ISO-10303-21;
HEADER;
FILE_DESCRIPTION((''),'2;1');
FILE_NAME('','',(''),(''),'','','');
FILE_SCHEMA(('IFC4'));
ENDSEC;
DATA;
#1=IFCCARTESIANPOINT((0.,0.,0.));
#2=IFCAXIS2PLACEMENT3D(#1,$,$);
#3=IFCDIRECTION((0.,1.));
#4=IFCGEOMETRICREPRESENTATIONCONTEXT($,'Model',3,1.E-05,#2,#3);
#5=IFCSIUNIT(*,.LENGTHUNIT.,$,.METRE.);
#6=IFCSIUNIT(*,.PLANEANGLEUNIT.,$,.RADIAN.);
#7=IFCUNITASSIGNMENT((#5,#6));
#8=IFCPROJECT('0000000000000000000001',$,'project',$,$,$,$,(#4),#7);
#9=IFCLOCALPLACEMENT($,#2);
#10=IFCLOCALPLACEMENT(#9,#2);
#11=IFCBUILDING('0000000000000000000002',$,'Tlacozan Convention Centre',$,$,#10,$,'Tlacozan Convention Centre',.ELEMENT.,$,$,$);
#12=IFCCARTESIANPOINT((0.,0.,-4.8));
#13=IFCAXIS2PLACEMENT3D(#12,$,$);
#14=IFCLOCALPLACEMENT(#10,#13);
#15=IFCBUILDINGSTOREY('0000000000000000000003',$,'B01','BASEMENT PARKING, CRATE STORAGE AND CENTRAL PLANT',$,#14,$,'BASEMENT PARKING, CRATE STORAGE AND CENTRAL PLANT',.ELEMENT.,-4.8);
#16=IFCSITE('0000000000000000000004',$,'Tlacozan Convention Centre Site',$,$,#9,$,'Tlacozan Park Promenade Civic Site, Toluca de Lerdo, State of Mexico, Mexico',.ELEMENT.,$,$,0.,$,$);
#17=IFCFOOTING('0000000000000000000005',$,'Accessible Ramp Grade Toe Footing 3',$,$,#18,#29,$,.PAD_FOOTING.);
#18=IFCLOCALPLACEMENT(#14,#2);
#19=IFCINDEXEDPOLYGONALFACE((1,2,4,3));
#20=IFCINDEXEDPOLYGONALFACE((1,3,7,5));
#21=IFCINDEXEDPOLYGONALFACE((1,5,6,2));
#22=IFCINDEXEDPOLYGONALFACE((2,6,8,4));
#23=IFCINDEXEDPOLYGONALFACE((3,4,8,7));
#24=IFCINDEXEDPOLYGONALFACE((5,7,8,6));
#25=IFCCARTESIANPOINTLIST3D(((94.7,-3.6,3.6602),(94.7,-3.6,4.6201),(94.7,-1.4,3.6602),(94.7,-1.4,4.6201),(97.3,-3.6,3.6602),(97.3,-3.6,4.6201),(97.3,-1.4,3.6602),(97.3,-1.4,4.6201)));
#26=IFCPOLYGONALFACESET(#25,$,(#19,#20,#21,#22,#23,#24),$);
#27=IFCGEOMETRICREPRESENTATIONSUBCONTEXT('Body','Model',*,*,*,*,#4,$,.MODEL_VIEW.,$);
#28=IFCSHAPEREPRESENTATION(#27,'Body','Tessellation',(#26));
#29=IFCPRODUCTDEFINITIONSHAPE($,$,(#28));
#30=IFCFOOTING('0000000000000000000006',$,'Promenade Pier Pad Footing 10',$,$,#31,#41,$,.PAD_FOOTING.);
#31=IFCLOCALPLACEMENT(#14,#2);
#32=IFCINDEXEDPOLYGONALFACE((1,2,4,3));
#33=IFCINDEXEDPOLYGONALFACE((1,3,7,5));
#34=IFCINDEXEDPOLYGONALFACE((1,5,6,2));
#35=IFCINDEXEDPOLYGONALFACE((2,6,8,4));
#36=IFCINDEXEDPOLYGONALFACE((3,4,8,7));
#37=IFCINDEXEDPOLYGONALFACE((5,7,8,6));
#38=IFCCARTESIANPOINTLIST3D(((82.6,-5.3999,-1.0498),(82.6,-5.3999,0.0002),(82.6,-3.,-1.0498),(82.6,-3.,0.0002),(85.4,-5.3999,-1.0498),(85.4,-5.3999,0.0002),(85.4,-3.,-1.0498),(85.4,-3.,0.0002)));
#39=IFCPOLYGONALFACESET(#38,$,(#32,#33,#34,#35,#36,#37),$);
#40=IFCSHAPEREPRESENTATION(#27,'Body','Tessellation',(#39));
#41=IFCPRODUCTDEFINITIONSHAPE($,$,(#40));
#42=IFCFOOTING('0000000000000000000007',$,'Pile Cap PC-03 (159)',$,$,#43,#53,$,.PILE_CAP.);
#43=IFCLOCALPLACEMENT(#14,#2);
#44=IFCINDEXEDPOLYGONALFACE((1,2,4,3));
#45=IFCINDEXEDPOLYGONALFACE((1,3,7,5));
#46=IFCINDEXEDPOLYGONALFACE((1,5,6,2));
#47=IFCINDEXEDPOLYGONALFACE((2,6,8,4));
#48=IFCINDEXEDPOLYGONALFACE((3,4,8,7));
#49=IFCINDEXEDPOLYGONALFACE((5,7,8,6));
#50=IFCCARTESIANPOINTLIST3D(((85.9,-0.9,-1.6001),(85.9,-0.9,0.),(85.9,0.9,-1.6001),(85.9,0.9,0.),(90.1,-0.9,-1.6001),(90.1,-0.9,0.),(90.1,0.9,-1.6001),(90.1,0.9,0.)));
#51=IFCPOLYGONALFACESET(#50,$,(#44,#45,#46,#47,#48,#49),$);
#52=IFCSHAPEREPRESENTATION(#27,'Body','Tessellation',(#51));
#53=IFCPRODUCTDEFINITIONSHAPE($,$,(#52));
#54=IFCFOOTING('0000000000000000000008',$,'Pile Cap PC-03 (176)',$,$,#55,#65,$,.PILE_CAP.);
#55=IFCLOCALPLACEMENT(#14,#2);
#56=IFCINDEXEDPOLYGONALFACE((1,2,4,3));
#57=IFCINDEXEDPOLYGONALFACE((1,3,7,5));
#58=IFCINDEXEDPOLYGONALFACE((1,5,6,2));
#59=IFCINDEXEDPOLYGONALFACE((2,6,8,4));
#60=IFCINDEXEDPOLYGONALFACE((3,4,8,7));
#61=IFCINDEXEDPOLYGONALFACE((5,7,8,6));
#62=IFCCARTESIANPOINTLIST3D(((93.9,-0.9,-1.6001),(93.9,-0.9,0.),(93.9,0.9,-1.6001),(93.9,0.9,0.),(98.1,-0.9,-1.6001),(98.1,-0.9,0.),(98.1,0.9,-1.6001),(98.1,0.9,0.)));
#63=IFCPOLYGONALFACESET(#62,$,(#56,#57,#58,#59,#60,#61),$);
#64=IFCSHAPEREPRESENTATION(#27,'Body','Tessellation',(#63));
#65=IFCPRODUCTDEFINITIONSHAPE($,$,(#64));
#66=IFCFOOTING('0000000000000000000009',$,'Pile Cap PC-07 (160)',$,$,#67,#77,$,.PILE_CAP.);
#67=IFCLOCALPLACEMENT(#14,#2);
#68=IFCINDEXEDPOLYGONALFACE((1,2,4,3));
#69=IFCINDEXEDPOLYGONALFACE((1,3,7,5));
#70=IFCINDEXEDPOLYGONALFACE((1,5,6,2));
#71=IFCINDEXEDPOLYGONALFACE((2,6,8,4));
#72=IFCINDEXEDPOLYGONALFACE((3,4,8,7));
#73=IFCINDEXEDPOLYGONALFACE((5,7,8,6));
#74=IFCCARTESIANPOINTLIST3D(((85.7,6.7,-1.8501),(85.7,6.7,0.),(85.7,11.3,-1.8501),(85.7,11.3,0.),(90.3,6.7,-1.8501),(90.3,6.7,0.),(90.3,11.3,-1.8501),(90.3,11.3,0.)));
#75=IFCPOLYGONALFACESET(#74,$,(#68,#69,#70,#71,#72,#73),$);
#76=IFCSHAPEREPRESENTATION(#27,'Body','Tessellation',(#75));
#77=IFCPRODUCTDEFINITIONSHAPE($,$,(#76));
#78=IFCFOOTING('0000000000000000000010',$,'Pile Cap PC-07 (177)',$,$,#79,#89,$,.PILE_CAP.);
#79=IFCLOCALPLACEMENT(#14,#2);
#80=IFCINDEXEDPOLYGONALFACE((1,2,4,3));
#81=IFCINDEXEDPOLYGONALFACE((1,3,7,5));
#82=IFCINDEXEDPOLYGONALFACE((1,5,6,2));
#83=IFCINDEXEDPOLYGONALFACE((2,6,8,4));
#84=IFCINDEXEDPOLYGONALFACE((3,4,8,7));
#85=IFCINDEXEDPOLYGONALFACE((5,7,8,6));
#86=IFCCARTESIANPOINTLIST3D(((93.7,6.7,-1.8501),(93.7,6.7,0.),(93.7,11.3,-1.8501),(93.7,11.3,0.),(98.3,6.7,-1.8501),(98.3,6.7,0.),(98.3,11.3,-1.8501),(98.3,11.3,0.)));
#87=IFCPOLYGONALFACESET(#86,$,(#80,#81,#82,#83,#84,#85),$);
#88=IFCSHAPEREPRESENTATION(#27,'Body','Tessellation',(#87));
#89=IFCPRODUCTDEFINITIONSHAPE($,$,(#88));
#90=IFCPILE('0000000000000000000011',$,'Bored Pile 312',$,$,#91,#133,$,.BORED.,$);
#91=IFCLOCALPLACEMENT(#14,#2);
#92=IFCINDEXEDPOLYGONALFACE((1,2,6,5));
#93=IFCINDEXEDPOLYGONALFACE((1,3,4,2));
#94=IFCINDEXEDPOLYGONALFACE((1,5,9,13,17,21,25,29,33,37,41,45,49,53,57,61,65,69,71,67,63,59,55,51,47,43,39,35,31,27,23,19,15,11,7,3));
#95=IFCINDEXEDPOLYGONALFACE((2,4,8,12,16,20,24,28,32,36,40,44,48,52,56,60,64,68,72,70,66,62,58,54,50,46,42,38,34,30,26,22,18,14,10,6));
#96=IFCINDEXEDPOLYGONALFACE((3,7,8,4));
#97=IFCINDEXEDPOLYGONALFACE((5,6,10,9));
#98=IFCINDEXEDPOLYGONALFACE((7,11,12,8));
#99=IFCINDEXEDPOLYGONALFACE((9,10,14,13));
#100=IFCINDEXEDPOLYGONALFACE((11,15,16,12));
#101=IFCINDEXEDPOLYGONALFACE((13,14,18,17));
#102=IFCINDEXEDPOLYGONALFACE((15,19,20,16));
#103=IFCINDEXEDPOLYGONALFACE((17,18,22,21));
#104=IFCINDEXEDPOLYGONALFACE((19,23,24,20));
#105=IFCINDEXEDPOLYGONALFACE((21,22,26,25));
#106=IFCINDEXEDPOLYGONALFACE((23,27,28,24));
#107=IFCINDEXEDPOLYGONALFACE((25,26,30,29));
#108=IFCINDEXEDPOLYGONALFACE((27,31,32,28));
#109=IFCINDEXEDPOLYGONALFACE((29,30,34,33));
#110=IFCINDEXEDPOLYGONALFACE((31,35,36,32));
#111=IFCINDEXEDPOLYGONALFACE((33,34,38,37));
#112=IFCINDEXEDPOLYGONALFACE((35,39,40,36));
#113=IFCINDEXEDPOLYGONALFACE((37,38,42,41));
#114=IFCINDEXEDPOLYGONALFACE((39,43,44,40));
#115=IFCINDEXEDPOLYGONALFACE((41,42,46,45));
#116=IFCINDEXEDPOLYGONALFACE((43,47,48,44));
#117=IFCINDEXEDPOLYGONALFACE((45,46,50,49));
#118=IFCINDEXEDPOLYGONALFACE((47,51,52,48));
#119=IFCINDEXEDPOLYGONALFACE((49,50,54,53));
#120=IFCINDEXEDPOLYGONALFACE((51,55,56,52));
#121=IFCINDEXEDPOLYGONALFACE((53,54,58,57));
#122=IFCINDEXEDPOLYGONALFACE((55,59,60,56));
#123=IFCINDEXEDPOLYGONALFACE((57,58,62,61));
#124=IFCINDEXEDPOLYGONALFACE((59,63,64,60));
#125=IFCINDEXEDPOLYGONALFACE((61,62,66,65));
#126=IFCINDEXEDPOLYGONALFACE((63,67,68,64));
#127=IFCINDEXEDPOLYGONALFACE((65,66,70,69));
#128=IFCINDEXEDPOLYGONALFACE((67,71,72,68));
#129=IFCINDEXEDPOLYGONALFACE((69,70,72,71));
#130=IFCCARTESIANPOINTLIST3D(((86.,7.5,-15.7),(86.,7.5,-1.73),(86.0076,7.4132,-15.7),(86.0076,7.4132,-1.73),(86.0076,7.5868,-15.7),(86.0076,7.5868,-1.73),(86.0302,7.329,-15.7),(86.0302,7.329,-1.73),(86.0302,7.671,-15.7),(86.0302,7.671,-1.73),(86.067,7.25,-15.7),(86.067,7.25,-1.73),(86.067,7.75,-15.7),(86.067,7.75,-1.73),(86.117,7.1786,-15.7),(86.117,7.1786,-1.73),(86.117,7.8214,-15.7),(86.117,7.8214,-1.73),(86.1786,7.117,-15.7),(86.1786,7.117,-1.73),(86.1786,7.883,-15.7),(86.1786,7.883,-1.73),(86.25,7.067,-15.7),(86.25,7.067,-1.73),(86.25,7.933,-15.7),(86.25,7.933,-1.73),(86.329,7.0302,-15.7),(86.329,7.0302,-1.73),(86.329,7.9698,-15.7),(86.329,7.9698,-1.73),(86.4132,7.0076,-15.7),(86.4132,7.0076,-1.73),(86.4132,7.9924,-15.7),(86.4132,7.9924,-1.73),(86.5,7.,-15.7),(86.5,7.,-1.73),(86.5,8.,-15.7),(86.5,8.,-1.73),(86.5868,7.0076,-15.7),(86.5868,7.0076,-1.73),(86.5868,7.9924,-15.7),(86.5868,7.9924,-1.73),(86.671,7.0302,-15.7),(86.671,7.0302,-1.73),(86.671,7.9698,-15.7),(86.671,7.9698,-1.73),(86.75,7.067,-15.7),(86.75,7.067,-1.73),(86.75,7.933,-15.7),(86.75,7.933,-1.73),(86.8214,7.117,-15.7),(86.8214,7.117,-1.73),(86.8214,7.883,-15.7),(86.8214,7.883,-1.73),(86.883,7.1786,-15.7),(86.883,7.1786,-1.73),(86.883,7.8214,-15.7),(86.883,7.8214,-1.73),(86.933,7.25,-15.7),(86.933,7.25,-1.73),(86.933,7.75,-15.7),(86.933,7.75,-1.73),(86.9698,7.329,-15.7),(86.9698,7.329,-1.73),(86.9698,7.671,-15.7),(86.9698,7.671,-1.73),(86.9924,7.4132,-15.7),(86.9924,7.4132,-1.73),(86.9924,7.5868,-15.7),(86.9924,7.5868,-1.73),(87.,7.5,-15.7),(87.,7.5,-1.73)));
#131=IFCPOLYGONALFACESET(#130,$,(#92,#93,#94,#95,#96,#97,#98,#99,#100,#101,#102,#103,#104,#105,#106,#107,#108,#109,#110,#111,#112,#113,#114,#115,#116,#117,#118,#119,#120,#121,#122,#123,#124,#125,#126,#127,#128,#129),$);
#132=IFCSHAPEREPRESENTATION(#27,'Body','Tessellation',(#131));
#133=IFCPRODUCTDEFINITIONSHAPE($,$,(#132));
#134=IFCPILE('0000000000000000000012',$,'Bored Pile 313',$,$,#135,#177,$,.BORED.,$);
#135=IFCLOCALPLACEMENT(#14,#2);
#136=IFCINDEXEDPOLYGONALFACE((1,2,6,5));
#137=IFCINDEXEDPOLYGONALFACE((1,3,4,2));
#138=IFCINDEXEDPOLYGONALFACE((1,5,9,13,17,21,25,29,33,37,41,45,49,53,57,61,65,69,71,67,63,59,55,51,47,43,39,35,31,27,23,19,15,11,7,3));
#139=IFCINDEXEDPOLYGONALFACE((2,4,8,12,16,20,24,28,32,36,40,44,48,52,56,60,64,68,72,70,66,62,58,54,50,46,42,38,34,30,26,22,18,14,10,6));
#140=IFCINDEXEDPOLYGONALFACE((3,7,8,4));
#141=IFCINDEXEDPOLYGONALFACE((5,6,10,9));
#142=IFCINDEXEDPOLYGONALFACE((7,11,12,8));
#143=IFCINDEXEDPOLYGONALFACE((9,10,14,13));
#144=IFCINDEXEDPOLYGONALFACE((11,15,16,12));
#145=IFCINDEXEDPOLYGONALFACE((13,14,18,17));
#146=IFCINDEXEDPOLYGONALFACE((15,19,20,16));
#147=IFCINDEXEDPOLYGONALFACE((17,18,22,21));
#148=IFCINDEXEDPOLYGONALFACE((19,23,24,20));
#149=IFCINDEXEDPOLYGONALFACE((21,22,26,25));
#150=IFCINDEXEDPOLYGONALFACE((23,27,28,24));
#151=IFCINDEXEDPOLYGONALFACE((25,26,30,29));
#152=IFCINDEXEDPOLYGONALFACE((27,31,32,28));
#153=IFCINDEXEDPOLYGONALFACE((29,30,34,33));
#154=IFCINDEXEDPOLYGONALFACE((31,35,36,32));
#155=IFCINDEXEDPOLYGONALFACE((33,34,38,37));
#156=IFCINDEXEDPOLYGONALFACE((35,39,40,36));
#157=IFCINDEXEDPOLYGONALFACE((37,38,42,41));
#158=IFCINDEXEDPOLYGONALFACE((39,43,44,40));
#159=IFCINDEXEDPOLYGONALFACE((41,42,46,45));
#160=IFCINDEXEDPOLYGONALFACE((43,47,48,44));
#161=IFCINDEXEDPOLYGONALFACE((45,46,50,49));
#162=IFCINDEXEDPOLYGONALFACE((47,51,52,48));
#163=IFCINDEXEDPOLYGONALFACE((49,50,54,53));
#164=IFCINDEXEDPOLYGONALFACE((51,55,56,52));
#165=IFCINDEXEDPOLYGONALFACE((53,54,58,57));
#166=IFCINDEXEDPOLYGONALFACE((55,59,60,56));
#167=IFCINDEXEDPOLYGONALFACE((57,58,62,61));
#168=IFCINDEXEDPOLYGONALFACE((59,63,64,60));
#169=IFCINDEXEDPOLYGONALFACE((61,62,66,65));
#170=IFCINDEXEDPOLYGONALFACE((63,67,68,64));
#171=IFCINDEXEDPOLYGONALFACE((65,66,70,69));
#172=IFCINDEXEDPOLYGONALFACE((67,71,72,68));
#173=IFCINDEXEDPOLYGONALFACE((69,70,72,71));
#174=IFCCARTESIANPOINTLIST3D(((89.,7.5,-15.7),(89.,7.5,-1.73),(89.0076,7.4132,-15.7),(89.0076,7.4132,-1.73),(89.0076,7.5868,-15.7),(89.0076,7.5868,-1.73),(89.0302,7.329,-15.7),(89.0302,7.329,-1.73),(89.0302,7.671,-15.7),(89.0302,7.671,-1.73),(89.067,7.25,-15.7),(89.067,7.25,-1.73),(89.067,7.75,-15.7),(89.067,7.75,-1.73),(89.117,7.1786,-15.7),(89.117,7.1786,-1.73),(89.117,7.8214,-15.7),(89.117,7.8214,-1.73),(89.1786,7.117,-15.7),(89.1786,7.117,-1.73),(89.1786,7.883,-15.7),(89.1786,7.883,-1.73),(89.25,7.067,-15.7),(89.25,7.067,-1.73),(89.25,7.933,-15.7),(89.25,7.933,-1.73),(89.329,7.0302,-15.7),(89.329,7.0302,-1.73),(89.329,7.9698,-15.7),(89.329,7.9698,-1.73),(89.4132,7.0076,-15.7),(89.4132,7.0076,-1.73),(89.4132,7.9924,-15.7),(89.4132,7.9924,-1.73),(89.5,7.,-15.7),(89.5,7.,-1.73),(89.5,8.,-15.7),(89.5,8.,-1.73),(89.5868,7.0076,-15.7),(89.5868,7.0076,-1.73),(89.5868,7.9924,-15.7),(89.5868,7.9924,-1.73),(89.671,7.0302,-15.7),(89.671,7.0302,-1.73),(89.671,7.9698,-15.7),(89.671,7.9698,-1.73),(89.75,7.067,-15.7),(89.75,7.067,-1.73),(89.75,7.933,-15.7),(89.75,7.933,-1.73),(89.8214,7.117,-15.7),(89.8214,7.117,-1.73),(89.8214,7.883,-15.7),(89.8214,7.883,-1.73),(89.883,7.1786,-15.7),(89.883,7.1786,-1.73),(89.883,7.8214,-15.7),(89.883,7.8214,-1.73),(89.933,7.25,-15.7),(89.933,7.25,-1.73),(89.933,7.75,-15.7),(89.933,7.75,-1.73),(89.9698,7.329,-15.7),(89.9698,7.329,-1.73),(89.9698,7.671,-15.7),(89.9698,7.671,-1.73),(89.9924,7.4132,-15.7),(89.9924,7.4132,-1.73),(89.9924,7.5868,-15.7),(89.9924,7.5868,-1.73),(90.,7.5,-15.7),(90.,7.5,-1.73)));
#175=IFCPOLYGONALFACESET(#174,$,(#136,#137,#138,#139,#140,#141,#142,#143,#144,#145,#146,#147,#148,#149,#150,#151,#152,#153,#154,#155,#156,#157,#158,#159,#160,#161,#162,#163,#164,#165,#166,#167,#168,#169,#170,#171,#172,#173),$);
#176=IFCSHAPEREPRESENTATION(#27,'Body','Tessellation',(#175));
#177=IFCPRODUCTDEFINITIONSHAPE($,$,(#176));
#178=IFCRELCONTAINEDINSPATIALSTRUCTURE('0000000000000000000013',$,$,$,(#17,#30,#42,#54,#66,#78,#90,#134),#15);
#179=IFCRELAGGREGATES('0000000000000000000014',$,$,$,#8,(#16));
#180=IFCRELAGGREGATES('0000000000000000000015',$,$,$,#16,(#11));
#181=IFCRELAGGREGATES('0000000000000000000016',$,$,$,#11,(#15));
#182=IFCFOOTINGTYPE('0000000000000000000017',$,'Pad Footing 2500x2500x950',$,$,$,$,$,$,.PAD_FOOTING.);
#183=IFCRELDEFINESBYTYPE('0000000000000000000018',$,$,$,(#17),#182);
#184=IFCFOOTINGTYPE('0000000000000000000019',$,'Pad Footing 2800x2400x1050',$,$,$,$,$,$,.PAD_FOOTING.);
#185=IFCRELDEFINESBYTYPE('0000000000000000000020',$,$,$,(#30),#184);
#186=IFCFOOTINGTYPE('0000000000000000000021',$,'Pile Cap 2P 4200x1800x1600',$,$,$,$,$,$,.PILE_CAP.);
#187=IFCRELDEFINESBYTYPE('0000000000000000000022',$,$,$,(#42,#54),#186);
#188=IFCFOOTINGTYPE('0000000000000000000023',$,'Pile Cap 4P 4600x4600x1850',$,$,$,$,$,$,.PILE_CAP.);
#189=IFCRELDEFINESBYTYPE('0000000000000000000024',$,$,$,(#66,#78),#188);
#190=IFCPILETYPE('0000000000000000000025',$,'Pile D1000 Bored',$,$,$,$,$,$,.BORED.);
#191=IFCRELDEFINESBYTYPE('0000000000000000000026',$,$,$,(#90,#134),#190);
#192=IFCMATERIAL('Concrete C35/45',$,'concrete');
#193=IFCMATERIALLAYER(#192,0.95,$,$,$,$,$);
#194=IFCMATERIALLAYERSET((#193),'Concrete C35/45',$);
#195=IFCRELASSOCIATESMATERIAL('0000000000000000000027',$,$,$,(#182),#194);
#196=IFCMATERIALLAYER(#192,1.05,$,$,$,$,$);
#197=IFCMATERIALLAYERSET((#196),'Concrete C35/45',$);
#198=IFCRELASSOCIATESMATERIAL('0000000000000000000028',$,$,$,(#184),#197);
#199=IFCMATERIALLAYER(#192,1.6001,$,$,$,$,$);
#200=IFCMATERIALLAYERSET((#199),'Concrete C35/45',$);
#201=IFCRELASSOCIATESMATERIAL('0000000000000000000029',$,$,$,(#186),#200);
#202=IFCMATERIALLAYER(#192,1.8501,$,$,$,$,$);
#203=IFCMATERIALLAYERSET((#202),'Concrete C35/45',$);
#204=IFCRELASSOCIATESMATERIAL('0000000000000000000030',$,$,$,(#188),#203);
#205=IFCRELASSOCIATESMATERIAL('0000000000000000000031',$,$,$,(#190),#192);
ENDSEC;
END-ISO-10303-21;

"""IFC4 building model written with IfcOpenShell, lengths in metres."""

from ifc_helpers import new_model, si_unit, direction, frame, origin, origin_2d, place, context, subcontext, project, spatial, rectangle, circle, extrude, material, layer, layer_set, material_profile, profile_set, type_object, element, save


model = new_model("IFC4")

# Units and contexts
model_context = context("Model", 3, precision=1e-05, world=origin(), true_north=direction((0.0, 1.0)))
body_context = subcontext(model_context, "Body", "Model", "MODEL_VIEW")
ifc_project = project(units=[si_unit("LENGTHUNIT", "METRE"), si_unit("PLANEANGLEUNIT", "RADIAN")], contexts=[model_context])

# Site, building, storey
site_placement = place(None, origin())
site = spatial("IfcSite", under=ifc_project, at=site_placement, Name="Tlacozan Convention Centre Site", LongName="Tlacozan Park Promenade Civic Site, Toluca de Lerdo, State of Mexico, Mexico", CompositionType="ELEMENT", RefElevation=0.0)
building_placement = place(site_placement, origin())
building = spatial("IfcBuilding", under=site, at=building_placement, Name="Tlacozan Convention Centre", LongName="Tlacozan Convention Centre", CompositionType="ELEMENT")
storey_placement = place(building_placement, frame((0.0, 0.0, -4.8)))
storey = spatial("IfcBuildingStorey", under=building, at=storey_placement, Name="B01", Description="BASEMENT PARKING, CRATE STORAGE AND CENTRAL PLANT", LongName="BASEMENT PARKING, CRATE STORAGE AND CENTRAL PLANT", CompositionType="ELEMENT", Elevation=-4.8)

# Footings
ifc_material_1 = material(Name="Concrete C35/45", Category="concrete")
ifc_layer_1 = layer(ifc_material_1, 0.95)
ifc_layer_set_1 = layer_set([ifc_layer_1], Name="Concrete C35/45")
footing_type_1 = type_object("IfcFootingType", Name="Pad Footing 2500x2500x950", PredefinedType="PAD_FOOTING", material=ifc_layer_set_1)
footing_1_placement = place(storey_placement, frame((96.0, -2.5, 3.6602), z_axis=(0.0, 0.0, 1.0), x_axis=(1.0, 0.0, 0.0)))
element("IfcFooting", 1, at=footing_1_placement, inside=storey, type_object=footing_type_1, Name="Accessible Ramp Grade Toe Footing 3", PredefinedType="PAD_FOOTING", context=body_context, shape_type="SweptSolid", body=[
    extrude(rectangle(XDim=2.6001, YDim=2.2, at=origin_2d()), origin(), (0.0, 0.0, 1.0), 0.96),
])
ifc_layer_2 = layer(ifc_material_1, 1.05)
ifc_layer_set_2 = layer_set([ifc_layer_2], Name="Concrete C35/45")
footing_type_2 = type_object("IfcFootingType", Name="Pad Footing 2800x2400x1050", PredefinedType="PAD_FOOTING", material=ifc_layer_set_2)
footing_2_placement = place(storey_placement, frame((84.0, -4.2, -1.0498), z_axis=(0.0, 0.0, 1.0), x_axis=(1.0, 0.0, 0.0)))
element("IfcFooting", 2, at=footing_2_placement, inside=storey, type_object=footing_type_2, Name="Promenade Pier Pad Footing 10", PredefinedType="PAD_FOOTING", context=body_context, shape_type="SweptSolid", body=[
    extrude(rectangle(XDim=2.8, YDim=2.3999, at=origin_2d()), origin(), (0.0, 0.0, 1.0), 1.05),
])
ifc_layer_3 = layer(ifc_material_1, 1.6001)
ifc_layer_set_3 = layer_set([ifc_layer_3], Name="Concrete C35/45")
footing_type_3 = type_object("IfcFootingType", Name="Pile Cap 2P 4200x1800x1600", PredefinedType="PILE_CAP", material=ifc_layer_set_3)
for number, where, z_axis, x_axis, name in (
    (3, (88.0, 0.0, -1.6001), (0.0, 0.0, 1.0), (1.0, 0.0, 0.0), "Pile Cap PC-03 (159)"),
    (4, (96.0, 0.0, -1.6001), (0.0, 0.0, 1.0), (1.0, 0.0, 0.0), "Pile Cap PC-03 (176)"),
):
    element("IfcFooting", number, at=place(storey_placement, frame(where, z_axis=z_axis, x_axis=x_axis)), inside=storey, type_object=footing_type_3, Name=name, PredefinedType="PILE_CAP", context=body_context, shape_type="SweptSolid", body=[
        extrude(rectangle(XDim=4.2, YDim=1.8, at=origin_2d()), origin(), (0.0, 0.0, 1.0), 1.6001),
    ])
ifc_layer_4 = layer(ifc_material_1, 1.8501)
ifc_layer_set_4 = layer_set([ifc_layer_4], Name="Concrete C35/45")
footing_type_4 = type_object("IfcFootingType", Name="Pile Cap 4P 4600x4600x1850", PredefinedType="PILE_CAP", material=ifc_layer_set_4)
for number, where, z_axis, x_axis, name in (
    (5, (88.0, 9.0, -1.8501), (0.0, 0.0, 1.0), (1.0, 0.0, 0.0), "Pile Cap PC-07 (160)"),
    (6, (96.0, 9.0, -1.8501), (0.0, 0.0, 1.0), (1.0, 0.0, 0.0), "Pile Cap PC-07 (177)"),
):
    element("IfcFooting", number, at=place(storey_placement, frame(where, z_axis=z_axis, x_axis=x_axis)), inside=storey, type_object=footing_type_4, Name=name, PredefinedType="PILE_CAP", context=body_context, shape_type="SweptSolid", body=[
        extrude(rectangle(XDim=4.6001, YDim=4.6001, at=origin_2d()), origin(), (0.0, 0.0, 1.0), 1.8501),
    ])

# Piles
ifc_material_profile_1 = material_profile(ifc_material_1, circle(Radius=0.5, at=origin_2d()), Name="PILE D1000")
ifc_profile_set_1 = profile_set([ifc_material_profile_1], Name="Concrete C35/45")
pile_type_1 = type_object("IfcPileType", Name="Pile D1000 Bored", PredefinedType="BORED", material=ifc_profile_set_1)
for number, where, z_axis, x_axis, name in (
    (7, (86.5, 7.5, -1.73), (0.0, 0.0, -1.0), (1.0, 0.0, 0.0), "Bored Pile 312"),
    (8, (89.5, 7.5, -1.73), (0.0, 0.0, -1.0), (1.0, 0.0, 0.0), "Bored Pile 313"),
):
    element("IfcPile", number, at=place(storey_placement, frame(where, z_axis=z_axis, x_axis=x_axis)), inside=storey, type_object=pile_type_1, Name=name, PredefinedType="BORED", context=body_context, shape_type="SweptSolid", body=[
        extrude(circle(Radius=0.5, at=origin_2d()), origin(), (0.0, 0.0, 1.0), 13.97),
    ])

save(model, "model.ifc")
